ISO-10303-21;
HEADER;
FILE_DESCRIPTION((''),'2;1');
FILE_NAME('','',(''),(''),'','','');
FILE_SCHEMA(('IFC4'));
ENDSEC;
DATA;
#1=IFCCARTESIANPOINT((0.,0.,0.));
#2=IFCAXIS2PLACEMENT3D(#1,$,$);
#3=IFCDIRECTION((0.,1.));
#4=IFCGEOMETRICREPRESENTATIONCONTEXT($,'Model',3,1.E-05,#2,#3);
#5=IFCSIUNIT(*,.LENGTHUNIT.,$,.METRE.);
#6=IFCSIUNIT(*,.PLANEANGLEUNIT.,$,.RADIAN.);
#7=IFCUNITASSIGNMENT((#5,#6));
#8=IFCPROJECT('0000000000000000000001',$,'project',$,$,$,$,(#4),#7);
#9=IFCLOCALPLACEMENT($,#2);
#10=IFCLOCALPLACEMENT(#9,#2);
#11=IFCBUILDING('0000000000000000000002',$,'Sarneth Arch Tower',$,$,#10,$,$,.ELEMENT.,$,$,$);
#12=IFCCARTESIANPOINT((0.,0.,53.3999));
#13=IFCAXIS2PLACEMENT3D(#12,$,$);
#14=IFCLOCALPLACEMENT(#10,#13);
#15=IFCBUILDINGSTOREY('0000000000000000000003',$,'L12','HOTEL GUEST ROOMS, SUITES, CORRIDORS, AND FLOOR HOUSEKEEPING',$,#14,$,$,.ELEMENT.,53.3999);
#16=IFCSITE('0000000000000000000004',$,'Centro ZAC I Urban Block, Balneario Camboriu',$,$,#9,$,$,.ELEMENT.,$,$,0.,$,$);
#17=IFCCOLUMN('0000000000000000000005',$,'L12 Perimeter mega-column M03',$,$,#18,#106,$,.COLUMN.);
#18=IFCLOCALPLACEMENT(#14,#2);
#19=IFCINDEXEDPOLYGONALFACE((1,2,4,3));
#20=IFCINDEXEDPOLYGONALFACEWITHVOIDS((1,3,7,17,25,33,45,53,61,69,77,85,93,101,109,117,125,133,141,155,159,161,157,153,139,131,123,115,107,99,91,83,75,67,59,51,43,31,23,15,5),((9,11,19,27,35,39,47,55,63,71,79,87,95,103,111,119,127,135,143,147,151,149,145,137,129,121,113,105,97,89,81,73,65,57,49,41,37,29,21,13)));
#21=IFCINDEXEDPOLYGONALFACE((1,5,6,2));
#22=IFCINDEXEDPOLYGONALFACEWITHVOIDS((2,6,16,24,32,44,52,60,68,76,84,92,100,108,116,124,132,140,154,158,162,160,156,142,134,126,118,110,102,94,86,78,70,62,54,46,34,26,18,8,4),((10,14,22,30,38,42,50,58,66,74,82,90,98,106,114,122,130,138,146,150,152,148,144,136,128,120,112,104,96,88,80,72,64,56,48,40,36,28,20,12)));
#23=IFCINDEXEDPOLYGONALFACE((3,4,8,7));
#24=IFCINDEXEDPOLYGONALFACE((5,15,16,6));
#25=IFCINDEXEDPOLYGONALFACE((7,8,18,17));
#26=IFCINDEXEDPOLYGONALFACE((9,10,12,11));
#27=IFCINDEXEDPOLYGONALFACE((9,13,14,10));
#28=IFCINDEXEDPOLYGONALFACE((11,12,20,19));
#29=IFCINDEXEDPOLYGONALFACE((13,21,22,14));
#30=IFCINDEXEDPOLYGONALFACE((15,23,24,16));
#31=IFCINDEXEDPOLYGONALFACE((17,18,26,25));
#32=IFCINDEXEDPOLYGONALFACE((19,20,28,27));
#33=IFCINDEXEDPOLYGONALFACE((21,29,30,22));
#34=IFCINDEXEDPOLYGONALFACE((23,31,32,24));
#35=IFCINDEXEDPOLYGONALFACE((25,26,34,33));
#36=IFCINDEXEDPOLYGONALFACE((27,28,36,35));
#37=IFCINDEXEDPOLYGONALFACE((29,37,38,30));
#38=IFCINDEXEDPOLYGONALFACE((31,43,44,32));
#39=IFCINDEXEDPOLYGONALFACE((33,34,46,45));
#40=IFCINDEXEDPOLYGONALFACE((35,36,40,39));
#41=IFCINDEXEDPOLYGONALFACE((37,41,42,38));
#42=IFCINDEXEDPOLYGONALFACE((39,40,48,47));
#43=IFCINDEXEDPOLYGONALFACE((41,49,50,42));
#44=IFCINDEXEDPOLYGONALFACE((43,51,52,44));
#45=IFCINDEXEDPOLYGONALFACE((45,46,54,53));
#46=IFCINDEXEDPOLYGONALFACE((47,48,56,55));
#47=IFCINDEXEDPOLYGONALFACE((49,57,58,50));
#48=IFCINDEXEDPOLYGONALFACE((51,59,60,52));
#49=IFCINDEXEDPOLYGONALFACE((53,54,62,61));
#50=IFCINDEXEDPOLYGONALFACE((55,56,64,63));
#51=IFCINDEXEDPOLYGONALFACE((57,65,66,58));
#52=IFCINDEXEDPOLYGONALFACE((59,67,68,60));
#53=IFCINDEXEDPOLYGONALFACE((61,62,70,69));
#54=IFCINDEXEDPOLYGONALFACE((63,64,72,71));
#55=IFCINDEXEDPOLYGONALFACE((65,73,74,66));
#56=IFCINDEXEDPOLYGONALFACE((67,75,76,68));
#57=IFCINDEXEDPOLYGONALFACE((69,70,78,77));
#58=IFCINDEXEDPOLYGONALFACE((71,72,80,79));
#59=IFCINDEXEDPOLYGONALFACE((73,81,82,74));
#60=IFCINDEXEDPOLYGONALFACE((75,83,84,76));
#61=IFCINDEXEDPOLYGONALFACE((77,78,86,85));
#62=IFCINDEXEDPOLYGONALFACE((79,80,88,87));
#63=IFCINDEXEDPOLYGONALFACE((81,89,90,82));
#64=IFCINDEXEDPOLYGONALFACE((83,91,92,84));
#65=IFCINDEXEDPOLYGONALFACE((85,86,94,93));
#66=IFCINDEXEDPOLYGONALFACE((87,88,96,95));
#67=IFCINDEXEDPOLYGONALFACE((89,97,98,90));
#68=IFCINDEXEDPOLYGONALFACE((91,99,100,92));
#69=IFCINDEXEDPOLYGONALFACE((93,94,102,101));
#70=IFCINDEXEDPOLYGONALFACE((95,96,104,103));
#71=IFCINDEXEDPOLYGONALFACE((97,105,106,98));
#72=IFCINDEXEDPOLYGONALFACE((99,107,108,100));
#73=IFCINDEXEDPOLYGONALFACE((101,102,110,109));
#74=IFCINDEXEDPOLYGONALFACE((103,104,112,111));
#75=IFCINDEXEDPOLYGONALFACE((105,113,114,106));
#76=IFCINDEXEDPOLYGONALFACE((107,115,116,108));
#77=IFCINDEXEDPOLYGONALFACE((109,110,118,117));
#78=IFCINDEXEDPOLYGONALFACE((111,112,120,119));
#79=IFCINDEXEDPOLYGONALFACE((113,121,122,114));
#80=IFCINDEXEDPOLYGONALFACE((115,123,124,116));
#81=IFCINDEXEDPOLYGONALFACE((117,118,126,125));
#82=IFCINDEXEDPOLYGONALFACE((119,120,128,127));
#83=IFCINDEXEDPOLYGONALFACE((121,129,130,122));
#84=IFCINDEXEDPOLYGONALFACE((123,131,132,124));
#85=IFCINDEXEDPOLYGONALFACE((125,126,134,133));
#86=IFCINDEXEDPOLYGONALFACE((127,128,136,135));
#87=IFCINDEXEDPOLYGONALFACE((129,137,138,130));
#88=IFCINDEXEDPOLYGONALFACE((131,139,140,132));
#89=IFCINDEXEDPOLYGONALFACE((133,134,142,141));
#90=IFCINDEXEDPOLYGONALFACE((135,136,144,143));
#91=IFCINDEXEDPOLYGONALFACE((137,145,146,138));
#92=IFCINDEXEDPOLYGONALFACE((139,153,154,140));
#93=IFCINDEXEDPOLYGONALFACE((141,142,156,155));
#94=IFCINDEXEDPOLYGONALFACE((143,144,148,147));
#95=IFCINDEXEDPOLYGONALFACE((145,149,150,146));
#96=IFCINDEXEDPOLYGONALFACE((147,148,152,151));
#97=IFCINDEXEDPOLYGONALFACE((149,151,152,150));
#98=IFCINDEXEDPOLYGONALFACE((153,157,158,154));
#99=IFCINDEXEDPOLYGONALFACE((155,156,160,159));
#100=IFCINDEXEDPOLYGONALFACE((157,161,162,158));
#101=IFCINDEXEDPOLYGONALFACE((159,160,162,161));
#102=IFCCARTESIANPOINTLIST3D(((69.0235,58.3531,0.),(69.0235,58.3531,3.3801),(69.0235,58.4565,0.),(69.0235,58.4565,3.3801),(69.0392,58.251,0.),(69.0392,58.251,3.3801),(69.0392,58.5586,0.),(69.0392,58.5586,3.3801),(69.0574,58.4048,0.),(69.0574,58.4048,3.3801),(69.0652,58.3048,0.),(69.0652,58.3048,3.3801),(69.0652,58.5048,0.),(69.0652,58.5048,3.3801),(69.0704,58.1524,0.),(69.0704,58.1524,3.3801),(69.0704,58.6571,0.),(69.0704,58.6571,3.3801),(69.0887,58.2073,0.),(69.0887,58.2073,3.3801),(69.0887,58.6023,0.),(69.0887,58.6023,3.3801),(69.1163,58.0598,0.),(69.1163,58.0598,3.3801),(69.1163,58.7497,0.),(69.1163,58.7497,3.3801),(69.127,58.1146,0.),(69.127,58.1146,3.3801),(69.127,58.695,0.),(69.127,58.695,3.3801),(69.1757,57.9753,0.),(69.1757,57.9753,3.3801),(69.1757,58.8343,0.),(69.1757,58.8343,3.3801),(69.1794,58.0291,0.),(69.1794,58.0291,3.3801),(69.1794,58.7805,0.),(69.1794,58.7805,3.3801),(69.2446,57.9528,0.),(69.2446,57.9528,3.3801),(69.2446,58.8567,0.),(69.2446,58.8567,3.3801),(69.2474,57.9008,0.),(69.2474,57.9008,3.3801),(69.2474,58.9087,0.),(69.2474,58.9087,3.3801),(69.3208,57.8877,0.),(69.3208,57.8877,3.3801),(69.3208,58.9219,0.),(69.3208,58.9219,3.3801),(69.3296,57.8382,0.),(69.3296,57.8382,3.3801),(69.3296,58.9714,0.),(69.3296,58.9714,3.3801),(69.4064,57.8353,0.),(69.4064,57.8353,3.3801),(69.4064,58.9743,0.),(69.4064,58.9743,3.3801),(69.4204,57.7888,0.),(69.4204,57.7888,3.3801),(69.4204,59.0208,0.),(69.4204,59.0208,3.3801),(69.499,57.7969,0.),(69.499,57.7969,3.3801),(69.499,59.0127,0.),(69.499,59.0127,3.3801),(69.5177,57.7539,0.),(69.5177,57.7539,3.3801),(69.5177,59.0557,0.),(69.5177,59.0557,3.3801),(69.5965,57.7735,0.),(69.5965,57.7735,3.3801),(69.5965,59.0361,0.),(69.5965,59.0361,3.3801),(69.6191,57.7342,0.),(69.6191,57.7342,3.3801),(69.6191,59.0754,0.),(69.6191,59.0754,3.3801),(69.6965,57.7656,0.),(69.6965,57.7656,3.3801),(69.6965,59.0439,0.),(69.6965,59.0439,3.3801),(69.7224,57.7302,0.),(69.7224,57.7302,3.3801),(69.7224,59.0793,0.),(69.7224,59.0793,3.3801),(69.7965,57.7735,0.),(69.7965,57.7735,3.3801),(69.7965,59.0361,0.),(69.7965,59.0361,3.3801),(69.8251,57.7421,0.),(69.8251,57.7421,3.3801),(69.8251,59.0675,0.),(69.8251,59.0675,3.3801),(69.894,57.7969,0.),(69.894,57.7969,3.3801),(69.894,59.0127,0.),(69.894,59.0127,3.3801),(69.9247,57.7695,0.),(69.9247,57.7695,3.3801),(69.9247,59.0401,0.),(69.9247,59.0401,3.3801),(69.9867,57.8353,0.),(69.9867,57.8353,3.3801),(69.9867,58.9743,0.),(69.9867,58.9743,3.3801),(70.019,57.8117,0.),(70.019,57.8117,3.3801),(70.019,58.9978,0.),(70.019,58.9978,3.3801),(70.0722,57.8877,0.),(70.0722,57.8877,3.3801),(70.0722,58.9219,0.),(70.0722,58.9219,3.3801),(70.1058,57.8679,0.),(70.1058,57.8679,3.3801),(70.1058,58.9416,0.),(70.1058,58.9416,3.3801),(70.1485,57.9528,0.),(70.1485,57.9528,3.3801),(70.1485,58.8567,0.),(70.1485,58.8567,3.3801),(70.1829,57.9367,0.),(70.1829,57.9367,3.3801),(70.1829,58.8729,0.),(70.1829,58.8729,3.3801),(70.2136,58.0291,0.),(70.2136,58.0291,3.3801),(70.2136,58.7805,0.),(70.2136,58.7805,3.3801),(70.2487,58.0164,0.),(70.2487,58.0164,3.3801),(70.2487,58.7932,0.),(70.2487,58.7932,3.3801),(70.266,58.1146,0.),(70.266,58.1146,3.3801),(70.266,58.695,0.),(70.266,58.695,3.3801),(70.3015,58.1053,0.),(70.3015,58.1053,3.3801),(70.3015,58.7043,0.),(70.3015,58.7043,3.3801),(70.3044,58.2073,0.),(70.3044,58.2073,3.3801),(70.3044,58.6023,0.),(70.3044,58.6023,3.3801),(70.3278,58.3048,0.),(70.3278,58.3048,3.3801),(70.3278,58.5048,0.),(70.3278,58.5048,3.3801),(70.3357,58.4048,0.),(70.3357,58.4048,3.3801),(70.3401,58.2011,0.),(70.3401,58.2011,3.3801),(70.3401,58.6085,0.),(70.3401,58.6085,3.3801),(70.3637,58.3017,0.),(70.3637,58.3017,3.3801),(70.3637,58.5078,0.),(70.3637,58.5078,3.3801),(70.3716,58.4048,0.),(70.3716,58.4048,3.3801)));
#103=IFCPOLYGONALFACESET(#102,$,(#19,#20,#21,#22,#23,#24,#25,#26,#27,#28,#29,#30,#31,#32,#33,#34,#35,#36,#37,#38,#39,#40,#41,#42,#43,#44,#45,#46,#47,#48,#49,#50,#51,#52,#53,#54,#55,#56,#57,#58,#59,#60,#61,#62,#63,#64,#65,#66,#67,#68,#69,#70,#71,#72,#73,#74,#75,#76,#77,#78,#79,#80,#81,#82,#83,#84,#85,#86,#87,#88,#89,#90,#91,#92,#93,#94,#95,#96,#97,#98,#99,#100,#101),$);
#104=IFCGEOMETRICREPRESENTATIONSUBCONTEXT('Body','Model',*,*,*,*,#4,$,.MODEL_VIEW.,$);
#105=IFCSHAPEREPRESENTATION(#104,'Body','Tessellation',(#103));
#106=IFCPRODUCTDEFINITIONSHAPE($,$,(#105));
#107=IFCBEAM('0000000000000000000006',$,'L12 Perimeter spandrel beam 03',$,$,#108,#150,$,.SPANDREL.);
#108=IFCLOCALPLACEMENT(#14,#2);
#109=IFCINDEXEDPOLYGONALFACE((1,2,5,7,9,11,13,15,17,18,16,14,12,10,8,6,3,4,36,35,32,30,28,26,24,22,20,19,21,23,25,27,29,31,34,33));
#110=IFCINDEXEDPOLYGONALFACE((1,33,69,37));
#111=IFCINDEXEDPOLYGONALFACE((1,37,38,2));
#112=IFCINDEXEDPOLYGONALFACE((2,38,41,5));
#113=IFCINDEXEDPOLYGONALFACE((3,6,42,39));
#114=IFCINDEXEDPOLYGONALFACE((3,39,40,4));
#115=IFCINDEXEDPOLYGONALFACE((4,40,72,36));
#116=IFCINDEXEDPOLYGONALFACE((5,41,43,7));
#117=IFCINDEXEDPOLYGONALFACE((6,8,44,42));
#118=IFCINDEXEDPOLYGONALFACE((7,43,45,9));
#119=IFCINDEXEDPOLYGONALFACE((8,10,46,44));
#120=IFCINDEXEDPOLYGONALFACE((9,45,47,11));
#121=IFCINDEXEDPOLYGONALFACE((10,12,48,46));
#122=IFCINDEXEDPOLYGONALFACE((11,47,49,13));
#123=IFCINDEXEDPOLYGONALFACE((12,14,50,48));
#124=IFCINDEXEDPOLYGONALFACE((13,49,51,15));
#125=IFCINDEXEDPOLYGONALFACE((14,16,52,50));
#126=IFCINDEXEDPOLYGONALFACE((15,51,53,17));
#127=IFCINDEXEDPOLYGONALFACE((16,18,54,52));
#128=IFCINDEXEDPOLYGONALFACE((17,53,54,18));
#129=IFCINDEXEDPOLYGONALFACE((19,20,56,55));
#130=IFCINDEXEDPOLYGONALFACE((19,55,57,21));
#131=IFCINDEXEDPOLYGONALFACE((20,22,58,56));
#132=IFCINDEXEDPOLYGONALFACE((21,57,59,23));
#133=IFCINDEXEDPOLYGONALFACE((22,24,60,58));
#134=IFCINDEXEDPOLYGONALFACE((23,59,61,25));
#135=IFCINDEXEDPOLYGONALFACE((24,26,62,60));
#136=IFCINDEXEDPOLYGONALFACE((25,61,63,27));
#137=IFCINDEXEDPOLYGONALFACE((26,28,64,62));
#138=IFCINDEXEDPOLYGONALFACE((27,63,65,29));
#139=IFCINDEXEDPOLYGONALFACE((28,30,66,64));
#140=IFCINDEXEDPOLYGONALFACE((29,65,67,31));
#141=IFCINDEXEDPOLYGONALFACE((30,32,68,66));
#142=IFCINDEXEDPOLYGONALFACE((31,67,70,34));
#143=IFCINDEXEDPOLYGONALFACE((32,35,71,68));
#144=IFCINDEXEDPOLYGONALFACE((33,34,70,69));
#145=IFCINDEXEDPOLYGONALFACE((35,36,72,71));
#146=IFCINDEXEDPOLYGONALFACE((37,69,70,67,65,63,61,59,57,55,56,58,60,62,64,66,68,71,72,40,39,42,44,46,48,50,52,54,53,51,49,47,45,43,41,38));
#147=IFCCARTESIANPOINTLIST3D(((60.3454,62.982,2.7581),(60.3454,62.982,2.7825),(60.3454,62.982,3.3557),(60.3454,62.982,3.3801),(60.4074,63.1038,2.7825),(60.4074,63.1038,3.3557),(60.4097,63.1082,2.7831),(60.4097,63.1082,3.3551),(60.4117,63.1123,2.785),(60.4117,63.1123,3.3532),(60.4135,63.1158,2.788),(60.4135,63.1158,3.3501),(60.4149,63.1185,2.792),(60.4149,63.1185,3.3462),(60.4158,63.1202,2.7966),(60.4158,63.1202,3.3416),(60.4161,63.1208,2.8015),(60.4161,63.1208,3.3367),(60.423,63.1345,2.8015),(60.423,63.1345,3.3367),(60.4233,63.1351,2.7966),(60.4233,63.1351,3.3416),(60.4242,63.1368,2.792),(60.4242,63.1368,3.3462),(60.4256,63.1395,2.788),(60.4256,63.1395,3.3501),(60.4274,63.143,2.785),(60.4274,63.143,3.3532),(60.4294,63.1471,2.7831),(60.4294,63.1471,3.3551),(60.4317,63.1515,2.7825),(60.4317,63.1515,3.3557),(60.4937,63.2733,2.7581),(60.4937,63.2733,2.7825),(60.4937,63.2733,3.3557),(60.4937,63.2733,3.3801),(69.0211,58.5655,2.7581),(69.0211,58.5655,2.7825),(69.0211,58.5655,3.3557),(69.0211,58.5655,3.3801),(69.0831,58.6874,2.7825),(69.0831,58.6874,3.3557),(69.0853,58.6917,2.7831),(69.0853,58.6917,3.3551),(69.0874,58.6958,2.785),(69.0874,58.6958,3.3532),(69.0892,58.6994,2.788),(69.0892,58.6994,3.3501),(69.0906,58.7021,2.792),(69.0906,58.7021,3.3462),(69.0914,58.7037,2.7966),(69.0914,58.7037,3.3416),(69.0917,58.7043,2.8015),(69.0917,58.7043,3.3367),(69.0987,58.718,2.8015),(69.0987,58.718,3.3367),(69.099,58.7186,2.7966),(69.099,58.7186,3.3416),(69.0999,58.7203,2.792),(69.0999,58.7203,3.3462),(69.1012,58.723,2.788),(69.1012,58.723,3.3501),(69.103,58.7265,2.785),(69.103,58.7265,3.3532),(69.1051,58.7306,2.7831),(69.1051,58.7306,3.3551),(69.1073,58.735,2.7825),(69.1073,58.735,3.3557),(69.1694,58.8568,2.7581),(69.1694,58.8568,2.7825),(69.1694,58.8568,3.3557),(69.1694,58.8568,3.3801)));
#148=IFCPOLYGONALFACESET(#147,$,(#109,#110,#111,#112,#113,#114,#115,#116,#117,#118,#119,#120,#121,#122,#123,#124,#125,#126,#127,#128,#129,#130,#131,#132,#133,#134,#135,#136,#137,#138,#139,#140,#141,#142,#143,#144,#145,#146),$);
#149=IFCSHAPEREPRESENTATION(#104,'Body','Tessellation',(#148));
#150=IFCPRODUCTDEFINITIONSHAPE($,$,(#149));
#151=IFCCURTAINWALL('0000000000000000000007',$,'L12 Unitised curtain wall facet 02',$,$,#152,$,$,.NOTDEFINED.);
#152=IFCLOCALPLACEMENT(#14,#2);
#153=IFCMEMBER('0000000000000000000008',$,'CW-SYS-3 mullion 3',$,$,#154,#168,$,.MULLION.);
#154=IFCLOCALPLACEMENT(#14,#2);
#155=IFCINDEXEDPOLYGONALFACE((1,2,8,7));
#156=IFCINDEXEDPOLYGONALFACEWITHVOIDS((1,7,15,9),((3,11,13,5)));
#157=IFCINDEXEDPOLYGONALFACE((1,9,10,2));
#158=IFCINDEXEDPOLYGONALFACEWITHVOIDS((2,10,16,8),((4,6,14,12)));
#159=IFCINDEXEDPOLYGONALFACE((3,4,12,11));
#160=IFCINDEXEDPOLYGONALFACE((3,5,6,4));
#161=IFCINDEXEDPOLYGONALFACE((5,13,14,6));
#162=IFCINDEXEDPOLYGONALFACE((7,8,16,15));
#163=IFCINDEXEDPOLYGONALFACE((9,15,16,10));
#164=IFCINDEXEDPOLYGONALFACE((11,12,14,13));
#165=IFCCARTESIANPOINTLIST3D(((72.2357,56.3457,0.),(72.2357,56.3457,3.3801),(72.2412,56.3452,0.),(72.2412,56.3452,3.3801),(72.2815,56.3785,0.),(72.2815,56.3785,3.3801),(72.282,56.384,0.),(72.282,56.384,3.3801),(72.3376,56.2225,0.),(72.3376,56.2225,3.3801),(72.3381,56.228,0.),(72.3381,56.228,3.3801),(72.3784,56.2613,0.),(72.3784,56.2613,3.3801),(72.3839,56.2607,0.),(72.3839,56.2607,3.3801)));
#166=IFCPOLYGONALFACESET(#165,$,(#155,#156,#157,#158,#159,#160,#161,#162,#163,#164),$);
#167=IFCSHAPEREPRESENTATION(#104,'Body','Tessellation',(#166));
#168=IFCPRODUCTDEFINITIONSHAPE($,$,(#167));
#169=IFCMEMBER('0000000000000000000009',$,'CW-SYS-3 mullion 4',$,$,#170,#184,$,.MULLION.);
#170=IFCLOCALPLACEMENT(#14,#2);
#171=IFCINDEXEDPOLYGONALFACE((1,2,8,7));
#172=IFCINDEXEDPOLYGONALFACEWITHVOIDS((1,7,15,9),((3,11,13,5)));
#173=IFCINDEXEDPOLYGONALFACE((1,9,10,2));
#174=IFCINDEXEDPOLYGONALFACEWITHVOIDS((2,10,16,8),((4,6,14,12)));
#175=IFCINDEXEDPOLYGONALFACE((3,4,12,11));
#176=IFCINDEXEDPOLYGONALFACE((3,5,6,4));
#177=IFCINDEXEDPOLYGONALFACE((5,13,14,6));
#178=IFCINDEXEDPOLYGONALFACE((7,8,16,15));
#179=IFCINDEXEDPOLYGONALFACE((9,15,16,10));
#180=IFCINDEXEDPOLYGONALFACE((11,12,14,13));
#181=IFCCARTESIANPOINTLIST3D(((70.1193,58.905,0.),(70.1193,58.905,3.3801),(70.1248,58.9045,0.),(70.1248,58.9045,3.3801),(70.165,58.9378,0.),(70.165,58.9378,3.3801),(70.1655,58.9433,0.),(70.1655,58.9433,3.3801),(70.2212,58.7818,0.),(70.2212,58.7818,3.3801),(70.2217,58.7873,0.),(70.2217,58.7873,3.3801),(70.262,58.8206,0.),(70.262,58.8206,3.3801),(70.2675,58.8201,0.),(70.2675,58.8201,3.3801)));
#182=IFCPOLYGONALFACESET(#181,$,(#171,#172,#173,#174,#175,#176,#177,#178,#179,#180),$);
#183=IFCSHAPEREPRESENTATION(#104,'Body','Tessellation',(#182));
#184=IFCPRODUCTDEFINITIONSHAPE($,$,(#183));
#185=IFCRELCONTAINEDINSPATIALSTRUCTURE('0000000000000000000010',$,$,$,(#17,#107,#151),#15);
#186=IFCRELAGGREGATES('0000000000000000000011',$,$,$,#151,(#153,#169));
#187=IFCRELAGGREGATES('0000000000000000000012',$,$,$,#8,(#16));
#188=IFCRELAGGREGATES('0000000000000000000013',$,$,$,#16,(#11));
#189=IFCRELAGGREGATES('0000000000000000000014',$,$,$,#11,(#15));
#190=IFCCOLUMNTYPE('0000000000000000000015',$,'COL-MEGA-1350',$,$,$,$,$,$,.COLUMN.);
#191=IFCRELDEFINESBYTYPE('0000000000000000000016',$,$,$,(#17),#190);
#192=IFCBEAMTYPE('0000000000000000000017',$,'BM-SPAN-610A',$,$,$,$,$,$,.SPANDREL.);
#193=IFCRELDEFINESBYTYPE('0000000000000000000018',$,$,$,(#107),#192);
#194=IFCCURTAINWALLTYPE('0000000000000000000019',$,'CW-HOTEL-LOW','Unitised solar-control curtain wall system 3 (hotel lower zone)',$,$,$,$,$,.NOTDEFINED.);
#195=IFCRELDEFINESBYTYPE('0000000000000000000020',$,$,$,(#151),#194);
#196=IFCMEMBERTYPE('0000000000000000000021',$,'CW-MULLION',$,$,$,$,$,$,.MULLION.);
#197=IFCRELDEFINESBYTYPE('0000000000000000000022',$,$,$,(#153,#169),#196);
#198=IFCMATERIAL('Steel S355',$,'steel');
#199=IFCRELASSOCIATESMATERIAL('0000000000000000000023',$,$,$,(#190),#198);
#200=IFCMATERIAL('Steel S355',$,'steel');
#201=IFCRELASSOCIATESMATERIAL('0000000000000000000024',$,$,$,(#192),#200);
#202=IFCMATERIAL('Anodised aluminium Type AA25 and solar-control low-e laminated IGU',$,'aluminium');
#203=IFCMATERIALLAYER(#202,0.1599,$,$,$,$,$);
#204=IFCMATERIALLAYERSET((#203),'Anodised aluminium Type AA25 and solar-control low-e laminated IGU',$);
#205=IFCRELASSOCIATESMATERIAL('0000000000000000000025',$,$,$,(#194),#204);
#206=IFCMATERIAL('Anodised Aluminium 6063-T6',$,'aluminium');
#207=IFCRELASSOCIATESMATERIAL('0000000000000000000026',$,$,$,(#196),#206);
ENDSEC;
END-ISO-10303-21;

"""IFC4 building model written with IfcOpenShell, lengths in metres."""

from ifc_helpers import new_model, si_unit, direction, frame, origin, origin_2d, place, context, subcontext, project, spatial, hollow_rectangle, hollow_circle, i_section, extrude, material, layer, layer_set, material_profile, profile_set, type_object, element, aggregate, save


model = new_model("IFC4")

# Units and contexts
model_context = context("Model", 3, precision=1e-05, world=origin(), true_north=direction((0.0, 1.0)))
body_context = subcontext(model_context, "Body", "Model", "MODEL_VIEW")
ifc_project = project(units=[si_unit("LENGTHUNIT", "METRE"), si_unit("PLANEANGLEUNIT", "RADIAN")], contexts=[model_context])

# Site, building, storey
site_placement = place(None, origin())
site = spatial("IfcSite", under=ifc_project, at=site_placement, Name="Centro ZAC I Urban Block, Balneario Camboriu", CompositionType="ELEMENT", RefElevation=0.0)
building_placement = place(site_placement, origin())
building = spatial("IfcBuilding", under=site, at=building_placement, Name="Sarneth Arch Tower", CompositionType="ELEMENT")
storey_placement = place(building_placement, frame((0.0, 0.0, 53.3999)))
storey = spatial("IfcBuildingStorey", under=building, at=storey_placement, Name="L12", Description="HOTEL GUEST ROOMS, SUITES, CORRIDORS, AND FLOOR HOUSEKEEPING", CompositionType="ELEMENT", Elevation=53.3999)

# Column
ifc_material_1 = material(Name="Steel S355", Category="steel")
ifc_material_profile_1 = material_profile(ifc_material_1, hollow_circle(Radius=0.675, WallThickness=0.0359, at=origin_2d()), Name="CHS1350x36")
ifc_profile_set_1 = profile_set([ifc_material_profile_1], Name="Steel S355")
column_type = type_object("IfcColumnType", Name="COL-MEGA-1350", PredefinedType="COLUMN", material=ifc_profile_set_1)
column_placement = place(storey_placement, frame((69.6965, 58.4048, 0.0), z_axis=(0.0, 0.0, 1.0), x_axis=(1.0, 0.0, 0.0)))
element("IfcColumn", 1, at=column_placement, inside=storey, type_object=column_type, Name="L12 Perimeter mega-column M03", PredefinedType="COLUMN", context=body_context, shape_type="SweptSolid", body=[
    extrude(hollow_circle(Radius=0.675, WallThickness=0.0359, at=origin_2d()), origin(), (0.0, 0.0, 1.0), 3.3801),
])

# Beam
ifc_material_2 = material(Name="Steel S355", Category="steel")
ifc_material_profile_2 = material_profile(ifc_material_2, i_section(OverallWidth=0.3269, OverallDepth=0.6221, WebThickness=0.0154, FlangeThickness=0.0244, FilletRadius=0.019, at=origin_2d()), Name="W610x195")
ifc_profile_set_2 = profile_set([ifc_material_profile_2], Name="Steel S355")
beam_type = type_object("IfcBeamType", Name="BM-SPAN-610A", PredefinedType="SPANDREL", material=ifc_profile_set_2)
beam_placement = place(storey_placement, frame((69.0952, 58.7112, 3.0691), z_axis=(-0.891174, 0.453662, 0.0), x_axis=(-0.453662, -0.891174, 0.0)))
element("IfcBeam", 2, at=beam_placement, inside=storey, type_object=beam_type, Name="L12 Perimeter spandrel beam 03", PredefinedType="SPANDREL", context=body_context, shape_type="SweptSolid", body=[
    extrude(i_section(OverallWidth=0.3269, OverallDepth=0.6221, WebThickness=0.0154, FlangeThickness=0.0244, FilletRadius=0.019, at=origin_2d()), origin(), (0.0, 0.0, 1.0), 9.7351),
])

# Curtain wall, members
ifc_material_3 = material(Name="Anodised aluminium Type AA25 and solar-control low-e laminated IGU", Category="aluminium")
ifc_layer_1 = layer(ifc_material_3, 0.1599)
ifc_layer_set_1 = layer_set([ifc_layer_1], Name="Anodised aluminium Type AA25 and solar-control low-e laminated IGU")
curtain_wall_type = type_object("IfcCurtainWallType", Name="CW-HOTEL-LOW", Description="Unitised solar-control curtain wall system 3 (hotel lower zone)", PredefinedType="NOTDEFINED", material=ifc_layer_set_1)
curtain_wall_placement = place(storey_placement, origin())
curtain_wall = element("IfcCurtainWall", 3, at=curtain_wall_placement, inside=storey, type_object=curtain_wall_type, Name="L12 Unitised curtain wall facet 02", PredefinedType="NOTDEFINED")
ifc_material_4 = material(Name="Anodised Aluminium 6063-T6", Category="aluminium")
ifc_material_profile_3 = material_profile(ifc_material_4, hollow_rectangle(XDim=0.0601, YDim=0.1599, WallThickness=0.0039, at=origin_2d()), Name="AL-MULL-160x60x4")
ifc_profile_set_3 = profile_set([ifc_material_profile_3], Name="Anodised Aluminium 6063-T6")
member_type_1 = type_object("IfcMemberType", Name="CW-MULLION", PredefinedType="MULLION", material=ifc_profile_set_3)
member_1_placement = place(storey_placement, frame((72.3098, 56.3032, 0.0), z_axis=(0.0, 0.0, 1.0), x_axis=(-0.770623, -0.637291, 0.0)))
member_1 = element("IfcMember", 4, at=member_1_placement, type_object=member_type_1, Name="CW-SYS-3 mullion 3", PredefinedType="MULLION", context=body_context, shape_type="SweptSolid", body=[
    extrude(hollow_rectangle(XDim=0.0601, YDim=0.1599, WallThickness=0.0039, at=origin_2d()), origin(), (0.0, 0.0, 1.0), 3.3801),
])
member_2_placement = place(storey_placement, frame((70.1934, 58.8625, 0.0), z_axis=(0.0, 0.0, 1.0), x_axis=(-0.770623, -0.637291, 0.0)))
member_2 = element("IfcMember", 5, at=member_2_placement, type_object=member_type_1, Name="CW-SYS-3 mullion 4", PredefinedType="MULLION", context=body_context, shape_type="SweptSolid", body=[
    extrude(hollow_rectangle(XDim=0.0601, YDim=0.1599, WallThickness=0.0039, at=origin_2d()), origin(), (0.0, 0.0, 1.0), 3.3801),
])

aggregate(curtain_wall, [member_1, member_2])

save(model, "model.ifc")
